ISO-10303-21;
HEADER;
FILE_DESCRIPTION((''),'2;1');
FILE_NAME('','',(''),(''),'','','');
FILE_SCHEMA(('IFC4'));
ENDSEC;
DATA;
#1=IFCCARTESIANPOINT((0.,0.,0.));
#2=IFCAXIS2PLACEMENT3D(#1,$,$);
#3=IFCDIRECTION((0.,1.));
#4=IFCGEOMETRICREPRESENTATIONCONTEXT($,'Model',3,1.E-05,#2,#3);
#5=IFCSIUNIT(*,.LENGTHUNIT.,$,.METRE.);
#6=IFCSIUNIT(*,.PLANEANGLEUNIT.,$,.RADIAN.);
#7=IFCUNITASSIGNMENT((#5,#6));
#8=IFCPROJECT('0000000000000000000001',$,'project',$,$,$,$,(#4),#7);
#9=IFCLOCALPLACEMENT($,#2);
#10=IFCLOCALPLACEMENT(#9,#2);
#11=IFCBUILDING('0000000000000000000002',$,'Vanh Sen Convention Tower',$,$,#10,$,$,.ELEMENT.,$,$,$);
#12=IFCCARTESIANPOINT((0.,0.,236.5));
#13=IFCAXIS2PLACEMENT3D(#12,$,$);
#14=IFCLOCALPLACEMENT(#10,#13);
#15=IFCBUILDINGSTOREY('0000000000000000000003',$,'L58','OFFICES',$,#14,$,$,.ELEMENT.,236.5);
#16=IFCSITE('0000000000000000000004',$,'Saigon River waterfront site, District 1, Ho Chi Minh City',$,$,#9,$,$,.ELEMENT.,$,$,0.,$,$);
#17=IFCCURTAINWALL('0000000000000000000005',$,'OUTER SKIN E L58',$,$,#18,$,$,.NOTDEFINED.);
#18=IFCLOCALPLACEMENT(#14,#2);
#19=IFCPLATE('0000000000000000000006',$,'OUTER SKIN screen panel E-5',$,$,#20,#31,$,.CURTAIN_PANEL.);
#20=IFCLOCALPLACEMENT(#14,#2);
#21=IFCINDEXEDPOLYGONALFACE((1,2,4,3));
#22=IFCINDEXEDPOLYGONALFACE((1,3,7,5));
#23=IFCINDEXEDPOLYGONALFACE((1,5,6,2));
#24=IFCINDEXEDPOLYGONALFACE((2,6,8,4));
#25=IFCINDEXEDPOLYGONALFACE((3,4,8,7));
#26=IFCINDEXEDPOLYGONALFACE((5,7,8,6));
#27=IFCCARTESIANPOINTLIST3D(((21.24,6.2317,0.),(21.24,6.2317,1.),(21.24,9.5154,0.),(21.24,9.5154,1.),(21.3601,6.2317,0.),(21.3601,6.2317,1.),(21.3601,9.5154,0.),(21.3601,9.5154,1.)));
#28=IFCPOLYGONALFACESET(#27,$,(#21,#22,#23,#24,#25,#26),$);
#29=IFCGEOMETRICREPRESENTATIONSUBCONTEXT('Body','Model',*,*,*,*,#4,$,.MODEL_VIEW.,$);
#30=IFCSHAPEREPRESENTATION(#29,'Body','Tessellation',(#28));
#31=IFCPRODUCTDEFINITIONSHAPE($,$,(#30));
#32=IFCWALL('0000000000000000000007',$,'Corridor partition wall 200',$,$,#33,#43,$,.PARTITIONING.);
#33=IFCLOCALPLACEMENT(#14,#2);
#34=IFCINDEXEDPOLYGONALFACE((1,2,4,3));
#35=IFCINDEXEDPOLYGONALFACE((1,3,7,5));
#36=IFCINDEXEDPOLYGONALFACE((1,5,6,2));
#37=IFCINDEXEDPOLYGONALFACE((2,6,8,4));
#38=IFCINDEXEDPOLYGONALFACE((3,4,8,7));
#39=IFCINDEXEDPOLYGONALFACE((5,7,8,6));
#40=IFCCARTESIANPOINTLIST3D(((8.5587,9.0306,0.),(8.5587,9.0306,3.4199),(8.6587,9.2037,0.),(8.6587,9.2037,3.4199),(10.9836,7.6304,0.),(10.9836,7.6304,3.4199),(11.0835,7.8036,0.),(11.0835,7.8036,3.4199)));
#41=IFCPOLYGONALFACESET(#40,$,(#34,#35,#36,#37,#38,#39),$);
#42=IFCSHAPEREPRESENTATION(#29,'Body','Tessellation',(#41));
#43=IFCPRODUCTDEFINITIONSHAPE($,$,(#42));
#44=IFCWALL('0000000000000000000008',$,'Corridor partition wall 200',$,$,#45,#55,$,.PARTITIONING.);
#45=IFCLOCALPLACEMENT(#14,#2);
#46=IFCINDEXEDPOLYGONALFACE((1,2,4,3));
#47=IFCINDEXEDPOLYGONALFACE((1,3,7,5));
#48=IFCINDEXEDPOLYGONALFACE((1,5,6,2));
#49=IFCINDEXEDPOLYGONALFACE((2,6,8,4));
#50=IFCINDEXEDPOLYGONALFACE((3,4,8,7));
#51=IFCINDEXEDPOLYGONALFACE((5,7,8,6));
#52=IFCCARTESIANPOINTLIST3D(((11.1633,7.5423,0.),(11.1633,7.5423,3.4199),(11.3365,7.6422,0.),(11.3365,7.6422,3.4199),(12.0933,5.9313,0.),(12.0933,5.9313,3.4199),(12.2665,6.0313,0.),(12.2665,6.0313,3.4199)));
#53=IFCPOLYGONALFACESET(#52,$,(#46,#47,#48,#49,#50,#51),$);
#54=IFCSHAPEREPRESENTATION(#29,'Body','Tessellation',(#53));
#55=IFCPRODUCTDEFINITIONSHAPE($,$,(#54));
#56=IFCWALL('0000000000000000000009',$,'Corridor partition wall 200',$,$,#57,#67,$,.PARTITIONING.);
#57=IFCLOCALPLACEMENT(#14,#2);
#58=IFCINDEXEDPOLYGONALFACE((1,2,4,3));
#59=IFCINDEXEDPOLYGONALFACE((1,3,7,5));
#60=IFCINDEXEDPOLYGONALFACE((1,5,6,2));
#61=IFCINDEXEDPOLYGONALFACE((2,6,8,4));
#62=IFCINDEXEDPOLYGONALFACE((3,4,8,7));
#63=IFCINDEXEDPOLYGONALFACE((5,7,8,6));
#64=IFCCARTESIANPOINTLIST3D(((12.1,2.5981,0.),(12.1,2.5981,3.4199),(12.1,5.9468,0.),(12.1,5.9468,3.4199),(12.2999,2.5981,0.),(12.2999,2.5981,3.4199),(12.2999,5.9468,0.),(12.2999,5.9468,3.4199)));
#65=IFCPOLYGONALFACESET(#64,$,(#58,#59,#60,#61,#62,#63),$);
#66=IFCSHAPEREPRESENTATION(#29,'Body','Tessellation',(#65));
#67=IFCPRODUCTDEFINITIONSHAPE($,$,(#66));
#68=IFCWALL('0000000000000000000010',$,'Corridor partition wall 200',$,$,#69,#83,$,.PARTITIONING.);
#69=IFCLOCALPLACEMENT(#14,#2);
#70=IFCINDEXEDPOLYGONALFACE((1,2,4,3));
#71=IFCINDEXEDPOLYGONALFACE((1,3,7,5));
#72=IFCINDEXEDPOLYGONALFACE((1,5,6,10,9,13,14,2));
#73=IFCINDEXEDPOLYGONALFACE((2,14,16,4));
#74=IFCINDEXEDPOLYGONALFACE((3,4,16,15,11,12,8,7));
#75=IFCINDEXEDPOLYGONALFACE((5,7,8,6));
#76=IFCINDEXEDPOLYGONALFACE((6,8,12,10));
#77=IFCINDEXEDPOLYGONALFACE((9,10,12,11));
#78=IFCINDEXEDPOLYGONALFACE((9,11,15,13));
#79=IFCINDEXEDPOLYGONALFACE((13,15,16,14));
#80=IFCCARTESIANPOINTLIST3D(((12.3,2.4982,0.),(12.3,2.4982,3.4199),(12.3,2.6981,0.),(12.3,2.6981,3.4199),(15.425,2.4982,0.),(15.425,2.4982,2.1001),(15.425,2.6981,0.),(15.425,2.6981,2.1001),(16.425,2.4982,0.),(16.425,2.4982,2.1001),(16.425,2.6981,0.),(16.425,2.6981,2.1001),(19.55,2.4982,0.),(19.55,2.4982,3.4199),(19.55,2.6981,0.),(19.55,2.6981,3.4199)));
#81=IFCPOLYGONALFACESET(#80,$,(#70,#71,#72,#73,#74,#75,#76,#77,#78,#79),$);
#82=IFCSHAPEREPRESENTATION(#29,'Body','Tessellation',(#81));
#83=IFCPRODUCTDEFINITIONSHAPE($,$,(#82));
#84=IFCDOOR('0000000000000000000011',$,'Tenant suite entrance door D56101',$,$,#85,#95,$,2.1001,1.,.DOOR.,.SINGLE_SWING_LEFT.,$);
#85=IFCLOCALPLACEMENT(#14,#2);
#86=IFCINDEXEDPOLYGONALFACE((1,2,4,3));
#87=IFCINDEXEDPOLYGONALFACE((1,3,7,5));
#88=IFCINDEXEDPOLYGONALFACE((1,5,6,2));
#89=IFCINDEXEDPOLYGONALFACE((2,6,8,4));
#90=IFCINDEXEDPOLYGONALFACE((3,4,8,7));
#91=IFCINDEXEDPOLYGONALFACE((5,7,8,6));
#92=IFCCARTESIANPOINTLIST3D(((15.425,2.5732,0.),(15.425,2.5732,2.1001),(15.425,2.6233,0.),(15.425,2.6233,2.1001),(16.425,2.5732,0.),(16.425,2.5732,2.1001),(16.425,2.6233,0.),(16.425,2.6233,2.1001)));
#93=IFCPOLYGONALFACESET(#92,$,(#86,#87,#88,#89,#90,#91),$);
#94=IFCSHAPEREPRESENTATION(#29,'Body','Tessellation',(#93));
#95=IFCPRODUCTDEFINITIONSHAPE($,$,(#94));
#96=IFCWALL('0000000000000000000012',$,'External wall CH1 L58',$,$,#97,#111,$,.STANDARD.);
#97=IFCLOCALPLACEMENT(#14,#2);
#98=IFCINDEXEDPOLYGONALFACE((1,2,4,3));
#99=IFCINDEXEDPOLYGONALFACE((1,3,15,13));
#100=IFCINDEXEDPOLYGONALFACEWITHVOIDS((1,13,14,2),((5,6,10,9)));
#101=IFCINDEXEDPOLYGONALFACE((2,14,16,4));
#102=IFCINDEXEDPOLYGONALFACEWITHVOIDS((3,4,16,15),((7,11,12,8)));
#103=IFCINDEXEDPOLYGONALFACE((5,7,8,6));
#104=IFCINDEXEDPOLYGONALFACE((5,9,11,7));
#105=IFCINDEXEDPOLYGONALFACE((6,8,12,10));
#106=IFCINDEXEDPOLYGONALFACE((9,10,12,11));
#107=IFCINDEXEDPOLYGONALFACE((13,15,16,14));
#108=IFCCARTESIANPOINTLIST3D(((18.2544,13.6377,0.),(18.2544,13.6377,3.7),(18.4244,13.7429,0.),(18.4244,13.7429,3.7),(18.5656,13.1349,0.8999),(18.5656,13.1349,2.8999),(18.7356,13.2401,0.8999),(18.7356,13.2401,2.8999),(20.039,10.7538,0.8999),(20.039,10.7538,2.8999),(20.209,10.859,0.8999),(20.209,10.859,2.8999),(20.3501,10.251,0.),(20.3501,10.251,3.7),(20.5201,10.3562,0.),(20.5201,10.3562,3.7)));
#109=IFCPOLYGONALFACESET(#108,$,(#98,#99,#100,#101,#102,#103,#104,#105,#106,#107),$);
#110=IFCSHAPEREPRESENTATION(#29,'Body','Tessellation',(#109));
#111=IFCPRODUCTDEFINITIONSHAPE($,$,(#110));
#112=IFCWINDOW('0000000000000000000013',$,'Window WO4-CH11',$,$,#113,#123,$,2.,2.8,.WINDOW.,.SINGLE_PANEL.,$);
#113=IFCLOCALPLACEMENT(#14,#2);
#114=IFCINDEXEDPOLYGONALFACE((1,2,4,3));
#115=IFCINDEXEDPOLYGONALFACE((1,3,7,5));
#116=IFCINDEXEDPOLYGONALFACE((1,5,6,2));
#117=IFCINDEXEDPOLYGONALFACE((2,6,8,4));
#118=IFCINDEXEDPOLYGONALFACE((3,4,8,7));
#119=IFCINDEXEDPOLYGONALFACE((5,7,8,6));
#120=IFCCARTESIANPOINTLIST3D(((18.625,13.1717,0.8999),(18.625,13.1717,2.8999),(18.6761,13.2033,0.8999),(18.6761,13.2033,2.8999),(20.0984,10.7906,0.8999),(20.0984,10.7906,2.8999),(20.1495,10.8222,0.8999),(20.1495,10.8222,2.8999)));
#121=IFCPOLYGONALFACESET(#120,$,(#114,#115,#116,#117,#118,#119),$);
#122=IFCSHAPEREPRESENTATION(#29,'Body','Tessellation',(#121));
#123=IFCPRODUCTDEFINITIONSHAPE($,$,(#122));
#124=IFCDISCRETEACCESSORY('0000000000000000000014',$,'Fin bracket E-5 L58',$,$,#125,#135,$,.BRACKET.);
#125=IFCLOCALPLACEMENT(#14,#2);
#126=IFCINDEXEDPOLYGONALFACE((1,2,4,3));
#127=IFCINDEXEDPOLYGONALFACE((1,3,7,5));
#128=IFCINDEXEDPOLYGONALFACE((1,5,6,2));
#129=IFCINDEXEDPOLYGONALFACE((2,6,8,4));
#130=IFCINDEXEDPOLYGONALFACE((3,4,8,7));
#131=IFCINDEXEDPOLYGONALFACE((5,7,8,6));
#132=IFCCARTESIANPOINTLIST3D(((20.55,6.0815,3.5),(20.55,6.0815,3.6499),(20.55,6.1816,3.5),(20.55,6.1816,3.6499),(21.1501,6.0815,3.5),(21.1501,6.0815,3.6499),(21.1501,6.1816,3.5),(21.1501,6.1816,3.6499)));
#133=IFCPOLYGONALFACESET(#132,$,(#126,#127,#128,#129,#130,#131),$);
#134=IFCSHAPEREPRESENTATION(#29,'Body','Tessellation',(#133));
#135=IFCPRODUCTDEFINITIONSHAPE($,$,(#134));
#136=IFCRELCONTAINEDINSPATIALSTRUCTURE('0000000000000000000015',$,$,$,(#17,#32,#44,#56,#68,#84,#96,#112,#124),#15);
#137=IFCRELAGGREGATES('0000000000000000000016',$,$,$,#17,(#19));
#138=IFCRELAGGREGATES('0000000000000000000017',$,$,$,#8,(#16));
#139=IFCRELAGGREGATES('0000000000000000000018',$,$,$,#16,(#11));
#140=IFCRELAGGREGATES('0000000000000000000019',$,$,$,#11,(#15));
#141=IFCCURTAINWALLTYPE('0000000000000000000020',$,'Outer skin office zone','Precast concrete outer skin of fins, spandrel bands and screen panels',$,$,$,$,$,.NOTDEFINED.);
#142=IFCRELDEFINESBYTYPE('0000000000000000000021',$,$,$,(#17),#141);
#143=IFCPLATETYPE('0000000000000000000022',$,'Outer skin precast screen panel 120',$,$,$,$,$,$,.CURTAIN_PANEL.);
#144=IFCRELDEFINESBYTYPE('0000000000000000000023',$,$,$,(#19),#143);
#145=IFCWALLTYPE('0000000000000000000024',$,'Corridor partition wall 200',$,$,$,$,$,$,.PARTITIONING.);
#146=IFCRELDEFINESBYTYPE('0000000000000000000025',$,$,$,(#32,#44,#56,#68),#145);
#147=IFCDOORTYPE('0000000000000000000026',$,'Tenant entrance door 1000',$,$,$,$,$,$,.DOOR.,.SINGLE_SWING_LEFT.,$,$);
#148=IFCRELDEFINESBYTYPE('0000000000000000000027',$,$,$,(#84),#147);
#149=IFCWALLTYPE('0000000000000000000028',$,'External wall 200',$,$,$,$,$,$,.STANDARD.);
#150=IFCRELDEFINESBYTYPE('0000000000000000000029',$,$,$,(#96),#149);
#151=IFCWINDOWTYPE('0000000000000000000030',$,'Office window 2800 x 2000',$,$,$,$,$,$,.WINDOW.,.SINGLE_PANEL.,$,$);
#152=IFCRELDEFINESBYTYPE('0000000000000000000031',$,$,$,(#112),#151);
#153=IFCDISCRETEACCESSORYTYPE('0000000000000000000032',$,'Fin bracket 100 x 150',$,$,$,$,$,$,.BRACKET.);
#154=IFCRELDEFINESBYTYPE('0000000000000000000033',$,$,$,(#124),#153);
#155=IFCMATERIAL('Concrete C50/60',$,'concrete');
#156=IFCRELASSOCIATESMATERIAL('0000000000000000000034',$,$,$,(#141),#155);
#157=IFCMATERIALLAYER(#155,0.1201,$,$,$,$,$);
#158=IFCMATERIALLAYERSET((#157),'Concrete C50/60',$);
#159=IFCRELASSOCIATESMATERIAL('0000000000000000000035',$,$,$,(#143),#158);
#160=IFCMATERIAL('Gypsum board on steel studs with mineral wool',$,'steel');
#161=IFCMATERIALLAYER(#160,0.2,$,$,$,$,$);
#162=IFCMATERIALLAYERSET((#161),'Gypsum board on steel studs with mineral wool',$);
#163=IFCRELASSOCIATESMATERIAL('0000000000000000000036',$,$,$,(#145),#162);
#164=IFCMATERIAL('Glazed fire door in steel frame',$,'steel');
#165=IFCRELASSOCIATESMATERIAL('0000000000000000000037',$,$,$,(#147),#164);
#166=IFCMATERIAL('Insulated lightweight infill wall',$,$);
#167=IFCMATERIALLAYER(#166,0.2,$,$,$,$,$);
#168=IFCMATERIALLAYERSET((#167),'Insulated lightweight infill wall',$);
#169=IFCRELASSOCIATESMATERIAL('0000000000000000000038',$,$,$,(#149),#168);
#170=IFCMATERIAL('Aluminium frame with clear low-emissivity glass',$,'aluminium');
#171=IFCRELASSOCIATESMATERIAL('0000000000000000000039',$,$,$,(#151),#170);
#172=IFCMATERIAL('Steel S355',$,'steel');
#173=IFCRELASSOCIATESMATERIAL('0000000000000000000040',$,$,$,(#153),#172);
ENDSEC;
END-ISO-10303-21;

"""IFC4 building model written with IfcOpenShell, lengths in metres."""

from ifc_helpers import new_model, si_unit, direction, frame, frame_2d, origin, origin_2d, place, context, subcontext, project, spatial, rectangle, extrude, material, layer, layer_set, type_object, element, fill, aggregate, save


model = new_model("IFC4")

# Units and contexts
model_context = context("Model", 3, precision=1e-05, world=origin(), true_north=direction((0.0, 1.0)))
body_context = subcontext(model_context, "Body", "Model", "MODEL_VIEW")
ifc_project = project(units=[si_unit("LENGTHUNIT", "METRE"), si_unit("PLANEANGLEUNIT", "RADIAN")], contexts=[model_context])

# Site, building, storey
site_placement = place(None, origin())
site = spatial("IfcSite", under=ifc_project, at=site_placement, Name="Saigon River waterfront site, District 1, Ho Chi Minh City", CompositionType="ELEMENT", RefElevation=0.0)
building_placement = place(site_placement, origin())
building = spatial("IfcBuilding", under=site, at=building_placement, Name="Vanh Sen Convention Tower", CompositionType="ELEMENT")
storey_placement = place(building_placement, frame((0.0, 0.0, 236.5)))
storey = spatial("IfcBuildingStorey", under=building, at=storey_placement, Name="L58", Description="OFFICES", CompositionType="ELEMENT", Elevation=236.5)

# Curtain wall
ifc_material_1 = material(Name="Concrete C50/60", Category="concrete")
curtain_wall_type = type_object("IfcCurtainWallType", Name="Outer skin office zone", Description="Precast concrete outer skin of fins, spandrel bands and screen panels", PredefinedType="NOTDEFINED", material=ifc_material_1)
curtain_wall_1_placement = place(storey_placement, origin())
curtain_wall_1 = element("IfcCurtainWall", 1, at=curtain_wall_1_placement, inside=storey, type_object=curtain_wall_type, Name="OUTER SKIN E L58", PredefinedType="NOTDEFINED")

# Plate
ifc_layer_1 = layer(ifc_material_1, 0.1201)
ifc_layer_set_1 = layer_set([ifc_layer_1], Name="Concrete C50/60")
plate_type = type_object("IfcPlateType", Name="Outer skin precast screen panel 120", PredefinedType="CURTAIN_PANEL", material=ifc_layer_set_1)
plate_1_placement = place(storey_placement, frame((21.3, 7.8735, 0.0), z_axis=(0.0, 0.0, 1.0), x_axis=(0.0, 1.0, 0.0)))
plate_1 = element("IfcPlate", 2, at=plate_1_placement, type_object=plate_type, Name="OUTER SKIN screen panel E-5", PredefinedType="CURTAIN_PANEL", context=body_context, shape_type="SweptSolid", body=[
    extrude(rectangle(XDim=3.2837, YDim=0.1201, at=origin_2d()), origin(), (0.0, 0.0, 1.0), 1.0),
])
aggregate(curtain_wall_1, [plate_1])

# Walls
ifc_material_2 = material(Name="Gypsum board on steel studs with mineral wool", Category="steel")
ifc_layer_2 = layer(ifc_material_2, 0.2)
ifc_layer_set_2 = layer_set([ifc_layer_2], Name="Gypsum board on steel studs with mineral wool")
wall_type_1 = type_object("IfcWallType", Name="Corridor partition wall 200", PredefinedType="PARTITIONING", material=ifc_layer_set_2)
wall_1_placement = place(storey_placement, frame((11.0334, 7.717, 0.0), z_axis=(0.0, 0.0, 1.0), x_axis=(-0.865997, 0.50005, 0.0)))
element("IfcWall", 3, at=wall_1_placement, inside=storey, type_object=wall_type_1, Name="Corridor partition wall 200", PredefinedType="PARTITIONING", context=body_context, shape_type="SweptSolid", body=[
    extrude(rectangle(XDim=2.8, YDim=0.2, at=frame_2d((1.3999, 0.0))), origin(), (0.0, 0.0, 1.0), 3.4199),
])
wall_2_placement = place(storey_placement, frame((12.1799, 5.9812, 0.0), z_axis=(0.0, 0.0, 1.0), x_axis=(-0.499965, 0.866046, 0.0)))
element("IfcWall", 4, at=wall_2_placement, inside=storey, type_object=wall_type_1, Name="Corridor partition wall 200", PredefinedType="PARTITIONING", context=body_context, shape_type="SweptSolid", body=[
    extrude(rectangle(XDim=1.8601, YDim=0.2, at=frame_2d((0.9302, 0.0))), origin(), (0.0, 0.0, 1.0), 3.4199),
])
wall_3_placement = place(storey_placement, frame((12.2, 2.5981, 0.0), z_axis=(0.0, 0.0, 1.0), x_axis=(0.0, 1.0, 0.0)))
element("IfcWall", 5, at=wall_3_placement, inside=storey, type_object=wall_type_1, Name="Corridor partition wall 200", PredefinedType="PARTITIONING", context=body_context, shape_type="SweptSolid", body=[
    extrude(rectangle(XDim=3.3486, YDim=0.2, at=frame_2d((1.6743, 0.0))), origin(), (0.0, 0.0, 1.0), 3.4199),
])

# Wall, opening, door
wall_4_placement = place(storey_placement, frame((19.55, 2.5981, 0.0), z_axis=(0.0, 0.0, 1.0), x_axis=(-1.0, 0.0, 0.0)))
wall_4 = element("IfcWall", 6, at=wall_4_placement, inside=storey, type_object=wall_type_1, Name="Corridor partition wall 200", PredefinedType="PARTITIONING", context=body_context, shape_type="SweptSolid", body=[
    extrude(rectangle(XDim=7.25, YDim=0.2, at=frame_2d((3.625, 0.0))), origin(), (0.0, 0.0, 1.0), 3.4199),
])
opening_1_placement = place(wall_4_placement, frame((3.125, 0.0, 0.0)))
opening_1 = element("IfcOpeningElement", 7, at=opening_1_placement, cuts=wall_4, PredefinedType="OPENING", context=body_context, shape_type="SweptSolid", body=[
    extrude(rectangle(XDim=1.0, YDim=2.1001, at=frame_2d((0.5, 1.05))), frame((0.0, 0.1099, 0.0), z_axis=(0.0, -1.0, 0.0), x_axis=(1.0, 0.0, 0.0)), (0.0, 0.0, 1.0), 0.22),
])
ifc_material_3 = material(Name="Glazed fire door in steel frame", Category="steel")
door_type = type_object("IfcDoorType", Name="Tenant entrance door 1000", OperationType="SINGLE_SWING_LEFT", PredefinedType="DOOR", material=ifc_material_3)
door_placement = place(opening_1_placement, origin())
door = element("IfcDoor", 8, at=door_placement, inside=storey, type_object=door_type, Name="Tenant suite entrance door D56101", OperationType="SINGLE_SWING_LEFT", OverallHeight=2.1001, OverallWidth=1.0, PredefinedType="DOOR", context=body_context, shape_type="SweptSolid", body=[
    extrude(rectangle(XDim=1.0, YDim=2.1001, at=frame_2d((0.5, 1.05))), frame((0.0, 0.0249, 0.0), z_axis=(0.0, -1.0, 0.0), x_axis=(1.0, 0.0, 0.0)), (0.0, 0.0, 1.0), 0.05),
])
fill(opening_1, door)

# Wall, opening, window
ifc_material_4 = material(Name="Insulated lightweight infill wall")
ifc_layer_3 = layer(ifc_material_4, 0.2)
ifc_layer_set_3 = layer_set([ifc_layer_3], Name="Insulated lightweight infill wall")
wall_type_2 = type_object("IfcWallType", Name="External wall 200", PredefinedType="STANDARD", material=ifc_layer_set_3)
wall_5_placement = place(storey_placement, frame((20.4351, 10.3037, 0.0), z_axis=(0.0, 0.0, 1.0), x_axis=(-0.526203, 0.850359, 0.0)))
wall_5 = element("IfcWall", 9, at=wall_5_placement, inside=storey, type_object=wall_type_2, Name="External wall CH1 L58", PredefinedType="STANDARD", context=body_context, shape_type="SweptSolid", body=[
    extrude(rectangle(XDim=3.9827, YDim=0.2, at=frame_2d((1.9912, 0.0))), origin(), (0.0, 0.0, 1.0), 3.7),
])
opening_2_placement = place(wall_5_placement, frame((0.5913, 0.0, 0.8999)))
opening_2 = element("IfcOpeningElement", 10, at=opening_2_placement, cuts=wall_5, PredefinedType="OPENING", context=body_context, shape_type="SweptSolid", body=[
    extrude(rectangle(XDim=2.8, YDim=2.0, at=frame_2d((1.3999, 1.0))), frame((0.0, 0.1099, 0.0), z_axis=(0.0, -1.0, 0.0), x_axis=(1.0, 0.0, 0.0)), (0.0, 0.0, 1.0), 0.22),
])
ifc_material_5 = material(Name="Aluminium frame with clear low-emissivity glass", Category="aluminium")
window_type = type_object("IfcWindowType", Name="Office window 2800 x 2000", PartitioningType="SINGLE_PANEL", PredefinedType="WINDOW", material=ifc_material_5)
window_placement = place(opening_2_placement, origin())
window = element("IfcWindow", 11, at=window_placement, inside=storey, type_object=window_type, Name="Window WO4-CH11", OverallHeight=2.0, OverallWidth=2.8, PartitioningType="SINGLE_PANEL", PredefinedType="WINDOW", context=body_context, shape_type="SweptSolid", body=[
    extrude(rectangle(XDim=2.8, YDim=2.0, at=frame_2d((1.3999, 1.0))), frame((0.0, 0.03, 0.0), z_axis=(0.0, -1.0, 0.0), x_axis=(1.0, 0.0, 0.0)), (0.0, 0.0, 1.0), 0.0601),
])
fill(opening_2, window)

# Discrete accessory
ifc_material_6 = material(Name="Steel S355", Category="steel")
discrete_accessory_type = type_object("IfcDiscreteAccessoryType", Name="Fin bracket 100 x 150", PredefinedType="BRACKET", material=ifc_material_6)
discrete_accessory_placement = place(storey_placement, frame((20.8501, 6.1316, 3.5), z_axis=(0.0, 0.0, 1.0), x_axis=(1.0, 0.0, 0.0)))
element("IfcDiscreteAccessory", 12, at=discrete_accessory_placement, inside=storey, type_object=discrete_accessory_type, Name="Fin bracket E-5 L58", PredefinedType="BRACKET", context=body_context, shape_type="SweptSolid", body=[
    extrude(rectangle(XDim=0.6001, YDim=0.1001, at=origin_2d()), origin(), (0.0, 0.0, 1.0), 0.1499),
])

save(model, "model.ifc")
